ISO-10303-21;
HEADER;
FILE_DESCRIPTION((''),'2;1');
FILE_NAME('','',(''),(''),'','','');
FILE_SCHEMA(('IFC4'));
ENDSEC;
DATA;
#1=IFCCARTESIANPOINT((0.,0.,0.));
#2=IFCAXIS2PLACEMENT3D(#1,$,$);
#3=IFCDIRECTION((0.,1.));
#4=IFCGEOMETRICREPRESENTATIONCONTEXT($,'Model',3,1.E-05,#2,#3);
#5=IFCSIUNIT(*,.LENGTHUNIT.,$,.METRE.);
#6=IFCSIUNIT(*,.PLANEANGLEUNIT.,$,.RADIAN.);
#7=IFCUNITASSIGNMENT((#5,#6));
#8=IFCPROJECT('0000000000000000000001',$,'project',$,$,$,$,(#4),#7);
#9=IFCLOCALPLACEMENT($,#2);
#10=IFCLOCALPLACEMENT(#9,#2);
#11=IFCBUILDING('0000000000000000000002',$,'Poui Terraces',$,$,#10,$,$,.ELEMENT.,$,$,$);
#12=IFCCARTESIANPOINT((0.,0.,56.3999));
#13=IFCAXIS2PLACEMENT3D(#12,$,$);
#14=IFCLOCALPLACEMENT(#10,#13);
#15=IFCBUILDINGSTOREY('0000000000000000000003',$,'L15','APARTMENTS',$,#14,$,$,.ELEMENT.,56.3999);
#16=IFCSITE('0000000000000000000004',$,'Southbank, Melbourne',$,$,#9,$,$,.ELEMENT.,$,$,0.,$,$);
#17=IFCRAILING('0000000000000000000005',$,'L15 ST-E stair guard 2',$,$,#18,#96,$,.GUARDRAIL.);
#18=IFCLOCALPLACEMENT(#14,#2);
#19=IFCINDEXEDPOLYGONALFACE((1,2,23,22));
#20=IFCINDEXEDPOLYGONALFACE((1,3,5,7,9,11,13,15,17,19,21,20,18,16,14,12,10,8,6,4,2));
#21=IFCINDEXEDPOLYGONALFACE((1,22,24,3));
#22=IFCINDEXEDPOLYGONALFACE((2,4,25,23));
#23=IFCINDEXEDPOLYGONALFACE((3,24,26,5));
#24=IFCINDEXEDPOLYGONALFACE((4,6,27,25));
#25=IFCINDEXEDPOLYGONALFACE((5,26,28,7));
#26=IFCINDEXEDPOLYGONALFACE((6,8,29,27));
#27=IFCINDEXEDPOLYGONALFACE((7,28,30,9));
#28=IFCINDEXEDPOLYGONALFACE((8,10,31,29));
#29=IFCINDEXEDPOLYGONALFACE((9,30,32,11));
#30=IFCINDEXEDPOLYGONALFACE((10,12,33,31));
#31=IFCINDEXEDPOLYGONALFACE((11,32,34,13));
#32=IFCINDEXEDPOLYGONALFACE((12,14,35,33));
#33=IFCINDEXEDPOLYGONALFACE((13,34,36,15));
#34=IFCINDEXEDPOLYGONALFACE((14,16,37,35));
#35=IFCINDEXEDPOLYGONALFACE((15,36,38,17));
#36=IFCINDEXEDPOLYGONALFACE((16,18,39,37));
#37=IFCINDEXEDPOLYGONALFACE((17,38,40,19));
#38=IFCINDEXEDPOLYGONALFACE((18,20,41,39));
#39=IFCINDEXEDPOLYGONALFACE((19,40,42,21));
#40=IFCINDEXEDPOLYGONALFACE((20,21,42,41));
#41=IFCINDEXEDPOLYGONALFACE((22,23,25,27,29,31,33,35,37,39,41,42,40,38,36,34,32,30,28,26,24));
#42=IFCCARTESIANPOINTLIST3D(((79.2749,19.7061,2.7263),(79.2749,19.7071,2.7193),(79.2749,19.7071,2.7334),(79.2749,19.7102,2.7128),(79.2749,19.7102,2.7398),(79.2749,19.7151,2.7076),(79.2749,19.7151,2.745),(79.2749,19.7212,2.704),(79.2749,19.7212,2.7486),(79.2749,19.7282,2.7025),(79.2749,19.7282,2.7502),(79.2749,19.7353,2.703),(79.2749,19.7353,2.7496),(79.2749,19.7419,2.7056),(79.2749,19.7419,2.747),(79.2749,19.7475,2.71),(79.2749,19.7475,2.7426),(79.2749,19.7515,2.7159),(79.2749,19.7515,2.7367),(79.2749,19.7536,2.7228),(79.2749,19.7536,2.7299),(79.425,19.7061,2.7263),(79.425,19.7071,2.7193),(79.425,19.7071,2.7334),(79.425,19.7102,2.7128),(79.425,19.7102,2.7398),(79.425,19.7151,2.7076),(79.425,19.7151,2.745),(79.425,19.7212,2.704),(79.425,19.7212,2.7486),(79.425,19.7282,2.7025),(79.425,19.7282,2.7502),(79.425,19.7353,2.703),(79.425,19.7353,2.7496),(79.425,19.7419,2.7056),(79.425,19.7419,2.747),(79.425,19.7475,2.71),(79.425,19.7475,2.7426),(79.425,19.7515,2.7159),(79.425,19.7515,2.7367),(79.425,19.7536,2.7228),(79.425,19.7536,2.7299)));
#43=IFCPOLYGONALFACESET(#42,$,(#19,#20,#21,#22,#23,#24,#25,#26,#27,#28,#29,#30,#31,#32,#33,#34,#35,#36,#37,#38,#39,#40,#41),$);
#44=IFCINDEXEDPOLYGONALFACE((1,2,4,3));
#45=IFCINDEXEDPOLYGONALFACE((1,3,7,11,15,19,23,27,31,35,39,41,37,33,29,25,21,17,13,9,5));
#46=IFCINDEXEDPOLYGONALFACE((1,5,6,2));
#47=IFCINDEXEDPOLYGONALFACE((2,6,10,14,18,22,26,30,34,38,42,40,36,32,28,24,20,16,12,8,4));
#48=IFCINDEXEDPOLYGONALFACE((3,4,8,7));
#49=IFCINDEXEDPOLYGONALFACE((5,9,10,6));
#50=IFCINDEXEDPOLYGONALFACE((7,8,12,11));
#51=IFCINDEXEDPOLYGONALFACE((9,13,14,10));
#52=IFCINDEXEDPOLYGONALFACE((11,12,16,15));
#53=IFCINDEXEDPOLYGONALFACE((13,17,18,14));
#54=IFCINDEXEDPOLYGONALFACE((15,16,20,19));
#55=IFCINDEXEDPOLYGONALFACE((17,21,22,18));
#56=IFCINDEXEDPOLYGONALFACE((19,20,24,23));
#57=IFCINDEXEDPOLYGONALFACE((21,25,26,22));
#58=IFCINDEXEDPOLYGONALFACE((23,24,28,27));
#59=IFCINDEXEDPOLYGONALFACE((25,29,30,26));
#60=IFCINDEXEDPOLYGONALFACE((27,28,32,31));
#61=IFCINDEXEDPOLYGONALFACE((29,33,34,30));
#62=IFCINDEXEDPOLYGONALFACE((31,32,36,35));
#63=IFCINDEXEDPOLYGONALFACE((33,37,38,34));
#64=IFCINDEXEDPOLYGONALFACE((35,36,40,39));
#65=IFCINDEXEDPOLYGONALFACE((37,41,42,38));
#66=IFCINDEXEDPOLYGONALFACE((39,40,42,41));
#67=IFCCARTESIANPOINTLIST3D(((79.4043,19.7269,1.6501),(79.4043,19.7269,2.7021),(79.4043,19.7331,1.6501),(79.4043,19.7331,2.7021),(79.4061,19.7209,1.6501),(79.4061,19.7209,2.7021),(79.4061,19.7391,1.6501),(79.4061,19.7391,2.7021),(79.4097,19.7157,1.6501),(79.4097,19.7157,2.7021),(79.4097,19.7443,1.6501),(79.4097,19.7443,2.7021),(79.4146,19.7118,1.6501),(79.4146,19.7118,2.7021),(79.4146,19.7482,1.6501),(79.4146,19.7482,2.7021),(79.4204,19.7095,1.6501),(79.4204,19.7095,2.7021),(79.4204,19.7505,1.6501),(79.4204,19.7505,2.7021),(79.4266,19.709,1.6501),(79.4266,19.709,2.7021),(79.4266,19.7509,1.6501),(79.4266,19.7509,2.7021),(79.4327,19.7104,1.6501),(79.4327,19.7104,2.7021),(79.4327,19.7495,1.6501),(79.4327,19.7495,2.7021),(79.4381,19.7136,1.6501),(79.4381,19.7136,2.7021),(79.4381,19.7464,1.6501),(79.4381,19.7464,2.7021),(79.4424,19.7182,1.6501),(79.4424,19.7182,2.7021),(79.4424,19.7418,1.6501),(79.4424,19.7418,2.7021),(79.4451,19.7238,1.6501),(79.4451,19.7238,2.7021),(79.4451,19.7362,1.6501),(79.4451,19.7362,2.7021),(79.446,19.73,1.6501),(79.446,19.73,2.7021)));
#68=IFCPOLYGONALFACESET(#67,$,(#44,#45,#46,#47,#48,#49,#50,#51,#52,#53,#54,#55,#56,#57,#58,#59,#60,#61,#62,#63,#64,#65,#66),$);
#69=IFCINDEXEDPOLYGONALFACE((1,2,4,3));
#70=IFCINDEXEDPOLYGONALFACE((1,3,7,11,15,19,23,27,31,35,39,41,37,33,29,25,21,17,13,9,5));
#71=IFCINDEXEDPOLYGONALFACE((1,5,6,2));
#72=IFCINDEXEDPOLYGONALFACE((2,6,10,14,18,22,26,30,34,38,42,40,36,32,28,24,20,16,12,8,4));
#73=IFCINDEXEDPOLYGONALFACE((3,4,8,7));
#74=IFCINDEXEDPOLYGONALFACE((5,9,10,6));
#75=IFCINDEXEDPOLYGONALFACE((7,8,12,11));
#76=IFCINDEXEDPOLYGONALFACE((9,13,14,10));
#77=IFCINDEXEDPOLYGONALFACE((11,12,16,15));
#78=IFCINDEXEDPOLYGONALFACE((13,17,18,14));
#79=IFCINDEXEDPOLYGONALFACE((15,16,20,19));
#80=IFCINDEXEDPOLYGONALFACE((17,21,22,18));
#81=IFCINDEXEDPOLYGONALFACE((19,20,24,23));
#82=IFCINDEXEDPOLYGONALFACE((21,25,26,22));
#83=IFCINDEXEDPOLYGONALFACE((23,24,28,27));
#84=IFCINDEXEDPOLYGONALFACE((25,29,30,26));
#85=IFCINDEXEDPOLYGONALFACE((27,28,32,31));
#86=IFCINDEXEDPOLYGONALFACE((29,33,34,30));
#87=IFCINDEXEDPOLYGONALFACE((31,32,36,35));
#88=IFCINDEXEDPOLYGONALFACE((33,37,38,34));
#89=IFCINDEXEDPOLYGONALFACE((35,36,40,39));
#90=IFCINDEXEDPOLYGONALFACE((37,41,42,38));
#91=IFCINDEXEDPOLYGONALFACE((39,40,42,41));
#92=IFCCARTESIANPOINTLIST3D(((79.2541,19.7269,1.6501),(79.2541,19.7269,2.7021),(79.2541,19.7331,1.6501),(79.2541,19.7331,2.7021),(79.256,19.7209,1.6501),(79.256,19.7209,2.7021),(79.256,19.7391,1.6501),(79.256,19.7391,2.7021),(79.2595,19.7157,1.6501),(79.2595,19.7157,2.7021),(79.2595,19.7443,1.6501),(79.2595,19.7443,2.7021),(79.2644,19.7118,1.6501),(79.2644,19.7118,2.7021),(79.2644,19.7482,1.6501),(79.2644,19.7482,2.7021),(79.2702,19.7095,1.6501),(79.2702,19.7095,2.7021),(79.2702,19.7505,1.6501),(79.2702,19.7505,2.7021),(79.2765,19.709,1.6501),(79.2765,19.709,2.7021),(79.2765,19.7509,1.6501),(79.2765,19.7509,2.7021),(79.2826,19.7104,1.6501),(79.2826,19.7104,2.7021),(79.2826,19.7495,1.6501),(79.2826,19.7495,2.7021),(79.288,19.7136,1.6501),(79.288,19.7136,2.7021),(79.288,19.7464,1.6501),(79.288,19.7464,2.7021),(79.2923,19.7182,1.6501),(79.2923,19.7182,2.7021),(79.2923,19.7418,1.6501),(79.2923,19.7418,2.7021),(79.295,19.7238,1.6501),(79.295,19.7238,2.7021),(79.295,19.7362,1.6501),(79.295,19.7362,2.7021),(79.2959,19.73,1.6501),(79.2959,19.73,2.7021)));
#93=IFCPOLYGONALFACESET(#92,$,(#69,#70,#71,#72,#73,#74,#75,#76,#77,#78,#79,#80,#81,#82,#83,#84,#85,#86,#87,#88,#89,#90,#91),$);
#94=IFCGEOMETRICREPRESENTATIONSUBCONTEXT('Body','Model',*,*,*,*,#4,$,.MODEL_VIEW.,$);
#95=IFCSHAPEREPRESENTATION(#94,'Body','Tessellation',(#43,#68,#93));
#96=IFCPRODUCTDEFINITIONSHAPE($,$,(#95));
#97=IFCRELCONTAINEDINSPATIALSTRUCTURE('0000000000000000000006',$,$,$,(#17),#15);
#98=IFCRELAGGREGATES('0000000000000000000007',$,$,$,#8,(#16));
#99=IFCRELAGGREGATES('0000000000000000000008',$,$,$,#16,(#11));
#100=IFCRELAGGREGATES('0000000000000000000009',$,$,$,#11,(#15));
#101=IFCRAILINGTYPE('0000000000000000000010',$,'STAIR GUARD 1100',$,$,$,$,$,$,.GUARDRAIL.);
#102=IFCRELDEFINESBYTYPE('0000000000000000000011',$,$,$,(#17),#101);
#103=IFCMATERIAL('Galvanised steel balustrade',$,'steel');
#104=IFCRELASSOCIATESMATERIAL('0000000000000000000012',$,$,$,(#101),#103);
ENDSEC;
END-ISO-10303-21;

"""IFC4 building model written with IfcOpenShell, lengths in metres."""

from ifc_helpers import new_model, si_unit, direction, frame, origin, origin_2d, place, context, subcontext, project, spatial, circle, extrude, material, type_object, element, save


model = new_model("IFC4")

# Units and contexts
model_context = context("Model", 3, precision=1e-05, world=origin(), true_north=direction((0.0, 1.0)))
body_context = subcontext(model_context, "Body", "Model", "MODEL_VIEW")
ifc_project = project(units=[si_unit("LENGTHUNIT", "METRE"), si_unit("PLANEANGLEUNIT", "RADIAN")], contexts=[model_context])

# Site, building, storey
site_placement = place(None, origin())
site = spatial("IfcSite", under=ifc_project, at=site_placement, Name="Southbank, Melbourne", CompositionType="ELEMENT", RefElevation=0.0)
building_placement = place(site_placement, origin())
building = spatial("IfcBuilding", under=site, at=building_placement, Name="Poui Terraces", CompositionType="ELEMENT")
storey_placement = place(building_placement, frame((0.0, 0.0, 56.3999)))
storey = spatial("IfcBuildingStorey", under=building, at=storey_placement, Name="L15", Description="APARTMENTS", CompositionType="ELEMENT", Elevation=56.3999)

# Railing
ifc_material_1 = material(Name="Galvanised steel balustrade", Category="steel")
railing_type_1 = type_object("IfcRailingType", Name="STAIR GUARD 1100", PredefinedType="GUARDRAIL", material=ifc_material_1)
railing_1_placement = place(storey_placement, frame((79.425, 19.73, 1.6501)))
element("IfcRailing", 1, at=railing_1_placement, inside=storey, type_object=railing_type_1, Name="L15 ST-E stair guard 2", PredefinedType="GUARDRAIL", context=body_context, shape_type="SweptSolid", body=[
    extrude(circle(Radius=0.0239, at=origin_2d()), frame((0.0, 0.0, 1.0762), z_axis=(-1.0, 0.0, 0.0), x_axis=(0.0, -1.0, 0.0)), (0.0, 0.0, 1.0), 0.1501),
    extrude(circle(Radius=0.021, at=origin_2d()), origin(), (0.0, 0.0, 1.0), 1.052),
    extrude(circle(Radius=0.021, at=origin_2d()), frame((-0.1501, 0.0, 0.0)), (0.0, 0.0, 1.0), 1.052),
])

save(model, "model.ifc")
